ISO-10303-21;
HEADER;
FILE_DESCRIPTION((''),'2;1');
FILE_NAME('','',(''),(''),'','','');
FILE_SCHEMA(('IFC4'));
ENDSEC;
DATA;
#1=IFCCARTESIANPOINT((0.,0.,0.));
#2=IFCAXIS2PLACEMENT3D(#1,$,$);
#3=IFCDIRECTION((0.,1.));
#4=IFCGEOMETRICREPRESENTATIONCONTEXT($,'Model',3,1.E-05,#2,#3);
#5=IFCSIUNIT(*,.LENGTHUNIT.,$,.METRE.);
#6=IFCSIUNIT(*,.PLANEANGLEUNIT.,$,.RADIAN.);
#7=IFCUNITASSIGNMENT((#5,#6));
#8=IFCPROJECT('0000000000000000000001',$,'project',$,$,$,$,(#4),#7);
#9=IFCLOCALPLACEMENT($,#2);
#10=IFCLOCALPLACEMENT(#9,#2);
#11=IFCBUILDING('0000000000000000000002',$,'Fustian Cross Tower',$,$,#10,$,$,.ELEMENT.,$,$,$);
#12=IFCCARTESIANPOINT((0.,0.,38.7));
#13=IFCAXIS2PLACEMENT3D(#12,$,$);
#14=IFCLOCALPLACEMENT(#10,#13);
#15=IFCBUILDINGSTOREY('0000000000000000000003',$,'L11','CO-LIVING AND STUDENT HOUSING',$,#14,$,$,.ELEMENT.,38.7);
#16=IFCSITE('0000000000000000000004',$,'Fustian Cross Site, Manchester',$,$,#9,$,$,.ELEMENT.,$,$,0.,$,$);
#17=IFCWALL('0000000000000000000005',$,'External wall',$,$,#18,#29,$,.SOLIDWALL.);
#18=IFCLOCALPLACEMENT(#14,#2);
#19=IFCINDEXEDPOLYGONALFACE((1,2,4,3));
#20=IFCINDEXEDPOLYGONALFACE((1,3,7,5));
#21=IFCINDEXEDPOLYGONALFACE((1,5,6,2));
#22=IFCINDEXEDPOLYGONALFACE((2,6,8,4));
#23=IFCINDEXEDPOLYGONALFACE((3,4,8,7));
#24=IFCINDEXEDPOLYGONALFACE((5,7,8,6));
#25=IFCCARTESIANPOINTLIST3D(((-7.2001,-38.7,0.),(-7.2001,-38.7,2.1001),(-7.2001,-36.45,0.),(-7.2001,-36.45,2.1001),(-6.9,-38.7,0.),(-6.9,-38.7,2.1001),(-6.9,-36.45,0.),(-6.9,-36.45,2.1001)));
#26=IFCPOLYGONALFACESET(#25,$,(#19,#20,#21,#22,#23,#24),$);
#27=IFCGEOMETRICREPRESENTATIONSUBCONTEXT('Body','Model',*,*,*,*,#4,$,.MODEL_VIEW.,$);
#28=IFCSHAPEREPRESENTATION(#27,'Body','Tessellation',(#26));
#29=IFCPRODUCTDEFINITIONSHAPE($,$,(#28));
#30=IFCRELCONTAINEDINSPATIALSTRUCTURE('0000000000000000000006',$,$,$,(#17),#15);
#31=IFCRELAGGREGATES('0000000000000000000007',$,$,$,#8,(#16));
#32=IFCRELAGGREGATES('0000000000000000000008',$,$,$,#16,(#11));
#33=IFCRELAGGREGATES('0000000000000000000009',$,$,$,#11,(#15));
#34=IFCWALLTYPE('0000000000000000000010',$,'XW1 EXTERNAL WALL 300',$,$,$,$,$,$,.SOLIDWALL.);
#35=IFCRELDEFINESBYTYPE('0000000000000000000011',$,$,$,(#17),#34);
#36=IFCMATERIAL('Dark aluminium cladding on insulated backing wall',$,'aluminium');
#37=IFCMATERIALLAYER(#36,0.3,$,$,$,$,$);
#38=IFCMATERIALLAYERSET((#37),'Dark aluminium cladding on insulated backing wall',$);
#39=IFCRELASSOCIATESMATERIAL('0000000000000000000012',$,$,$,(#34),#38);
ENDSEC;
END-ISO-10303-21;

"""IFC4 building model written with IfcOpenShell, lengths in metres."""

from ifc_helpers import new_model, si_unit, direction, frame, frame_2d, origin, place, context, subcontext, project, spatial, rectangle, extrude, material, layer, layer_set, type_object, element, save


model = new_model("IFC4")

# Units and contexts
model_context = context("Model", 3, precision=1e-05, world=origin(), true_north=direction((0.0, 1.0)))
body_context = subcontext(model_context, "Body", "Model", "MODEL_VIEW")
ifc_project = project(units=[si_unit("LENGTHUNIT", "METRE"), si_unit("PLANEANGLEUNIT", "RADIAN")], contexts=[model_context])

# Site, building, storey
site_placement = place(None, origin())
site = spatial("IfcSite", under=ifc_project, at=site_placement, Name="Fustian Cross Site, Manchester", CompositionType="ELEMENT", RefElevation=0.0)
building_placement = place(site_placement, origin())
building = spatial("IfcBuilding", under=site, at=building_placement, Name="Fustian Cross Tower", CompositionType="ELEMENT")
storey_placement = place(building_placement, frame((0.0, 0.0, 38.7)))
storey = spatial("IfcBuildingStorey", under=building, at=storey_placement, Name="L11", Description="CO-LIVING AND STUDENT HOUSING", CompositionType="ELEMENT", Elevation=38.7)

# Wall
ifc_material_1 = material(Name="Dark aluminium cladding on insulated backing wall", Category="aluminium")
ifc_layer_1 = layer(ifc_material_1, 0.3)
ifc_layer_set_1 = layer_set([ifc_layer_1], Name="Dark aluminium cladding on insulated backing wall")
wall_type_1 = type_object("IfcWallType", Name="XW1 EXTERNAL WALL 300", PredefinedType="SOLIDWALL", material=ifc_layer_set_1)
wall_1_placement = place(storey_placement, frame((-7.05, -36.45, 0.0), z_axis=(0.0, 0.0, 1.0), x_axis=(0.0, -1.0, 0.0)))
element("IfcWall", 1, at=wall_1_placement, inside=storey, type_object=wall_type_1, Name="External wall", PredefinedType="SOLIDWALL", context=body_context, shape_type="SweptSolid", body=[
    extrude(rectangle(XDim=2.25, YDim=0.3, at=frame_2d((1.125, 0.0))), origin(), (0.0, 0.0, 1.0), 2.1001),
])

save(model, "model.ifc")
